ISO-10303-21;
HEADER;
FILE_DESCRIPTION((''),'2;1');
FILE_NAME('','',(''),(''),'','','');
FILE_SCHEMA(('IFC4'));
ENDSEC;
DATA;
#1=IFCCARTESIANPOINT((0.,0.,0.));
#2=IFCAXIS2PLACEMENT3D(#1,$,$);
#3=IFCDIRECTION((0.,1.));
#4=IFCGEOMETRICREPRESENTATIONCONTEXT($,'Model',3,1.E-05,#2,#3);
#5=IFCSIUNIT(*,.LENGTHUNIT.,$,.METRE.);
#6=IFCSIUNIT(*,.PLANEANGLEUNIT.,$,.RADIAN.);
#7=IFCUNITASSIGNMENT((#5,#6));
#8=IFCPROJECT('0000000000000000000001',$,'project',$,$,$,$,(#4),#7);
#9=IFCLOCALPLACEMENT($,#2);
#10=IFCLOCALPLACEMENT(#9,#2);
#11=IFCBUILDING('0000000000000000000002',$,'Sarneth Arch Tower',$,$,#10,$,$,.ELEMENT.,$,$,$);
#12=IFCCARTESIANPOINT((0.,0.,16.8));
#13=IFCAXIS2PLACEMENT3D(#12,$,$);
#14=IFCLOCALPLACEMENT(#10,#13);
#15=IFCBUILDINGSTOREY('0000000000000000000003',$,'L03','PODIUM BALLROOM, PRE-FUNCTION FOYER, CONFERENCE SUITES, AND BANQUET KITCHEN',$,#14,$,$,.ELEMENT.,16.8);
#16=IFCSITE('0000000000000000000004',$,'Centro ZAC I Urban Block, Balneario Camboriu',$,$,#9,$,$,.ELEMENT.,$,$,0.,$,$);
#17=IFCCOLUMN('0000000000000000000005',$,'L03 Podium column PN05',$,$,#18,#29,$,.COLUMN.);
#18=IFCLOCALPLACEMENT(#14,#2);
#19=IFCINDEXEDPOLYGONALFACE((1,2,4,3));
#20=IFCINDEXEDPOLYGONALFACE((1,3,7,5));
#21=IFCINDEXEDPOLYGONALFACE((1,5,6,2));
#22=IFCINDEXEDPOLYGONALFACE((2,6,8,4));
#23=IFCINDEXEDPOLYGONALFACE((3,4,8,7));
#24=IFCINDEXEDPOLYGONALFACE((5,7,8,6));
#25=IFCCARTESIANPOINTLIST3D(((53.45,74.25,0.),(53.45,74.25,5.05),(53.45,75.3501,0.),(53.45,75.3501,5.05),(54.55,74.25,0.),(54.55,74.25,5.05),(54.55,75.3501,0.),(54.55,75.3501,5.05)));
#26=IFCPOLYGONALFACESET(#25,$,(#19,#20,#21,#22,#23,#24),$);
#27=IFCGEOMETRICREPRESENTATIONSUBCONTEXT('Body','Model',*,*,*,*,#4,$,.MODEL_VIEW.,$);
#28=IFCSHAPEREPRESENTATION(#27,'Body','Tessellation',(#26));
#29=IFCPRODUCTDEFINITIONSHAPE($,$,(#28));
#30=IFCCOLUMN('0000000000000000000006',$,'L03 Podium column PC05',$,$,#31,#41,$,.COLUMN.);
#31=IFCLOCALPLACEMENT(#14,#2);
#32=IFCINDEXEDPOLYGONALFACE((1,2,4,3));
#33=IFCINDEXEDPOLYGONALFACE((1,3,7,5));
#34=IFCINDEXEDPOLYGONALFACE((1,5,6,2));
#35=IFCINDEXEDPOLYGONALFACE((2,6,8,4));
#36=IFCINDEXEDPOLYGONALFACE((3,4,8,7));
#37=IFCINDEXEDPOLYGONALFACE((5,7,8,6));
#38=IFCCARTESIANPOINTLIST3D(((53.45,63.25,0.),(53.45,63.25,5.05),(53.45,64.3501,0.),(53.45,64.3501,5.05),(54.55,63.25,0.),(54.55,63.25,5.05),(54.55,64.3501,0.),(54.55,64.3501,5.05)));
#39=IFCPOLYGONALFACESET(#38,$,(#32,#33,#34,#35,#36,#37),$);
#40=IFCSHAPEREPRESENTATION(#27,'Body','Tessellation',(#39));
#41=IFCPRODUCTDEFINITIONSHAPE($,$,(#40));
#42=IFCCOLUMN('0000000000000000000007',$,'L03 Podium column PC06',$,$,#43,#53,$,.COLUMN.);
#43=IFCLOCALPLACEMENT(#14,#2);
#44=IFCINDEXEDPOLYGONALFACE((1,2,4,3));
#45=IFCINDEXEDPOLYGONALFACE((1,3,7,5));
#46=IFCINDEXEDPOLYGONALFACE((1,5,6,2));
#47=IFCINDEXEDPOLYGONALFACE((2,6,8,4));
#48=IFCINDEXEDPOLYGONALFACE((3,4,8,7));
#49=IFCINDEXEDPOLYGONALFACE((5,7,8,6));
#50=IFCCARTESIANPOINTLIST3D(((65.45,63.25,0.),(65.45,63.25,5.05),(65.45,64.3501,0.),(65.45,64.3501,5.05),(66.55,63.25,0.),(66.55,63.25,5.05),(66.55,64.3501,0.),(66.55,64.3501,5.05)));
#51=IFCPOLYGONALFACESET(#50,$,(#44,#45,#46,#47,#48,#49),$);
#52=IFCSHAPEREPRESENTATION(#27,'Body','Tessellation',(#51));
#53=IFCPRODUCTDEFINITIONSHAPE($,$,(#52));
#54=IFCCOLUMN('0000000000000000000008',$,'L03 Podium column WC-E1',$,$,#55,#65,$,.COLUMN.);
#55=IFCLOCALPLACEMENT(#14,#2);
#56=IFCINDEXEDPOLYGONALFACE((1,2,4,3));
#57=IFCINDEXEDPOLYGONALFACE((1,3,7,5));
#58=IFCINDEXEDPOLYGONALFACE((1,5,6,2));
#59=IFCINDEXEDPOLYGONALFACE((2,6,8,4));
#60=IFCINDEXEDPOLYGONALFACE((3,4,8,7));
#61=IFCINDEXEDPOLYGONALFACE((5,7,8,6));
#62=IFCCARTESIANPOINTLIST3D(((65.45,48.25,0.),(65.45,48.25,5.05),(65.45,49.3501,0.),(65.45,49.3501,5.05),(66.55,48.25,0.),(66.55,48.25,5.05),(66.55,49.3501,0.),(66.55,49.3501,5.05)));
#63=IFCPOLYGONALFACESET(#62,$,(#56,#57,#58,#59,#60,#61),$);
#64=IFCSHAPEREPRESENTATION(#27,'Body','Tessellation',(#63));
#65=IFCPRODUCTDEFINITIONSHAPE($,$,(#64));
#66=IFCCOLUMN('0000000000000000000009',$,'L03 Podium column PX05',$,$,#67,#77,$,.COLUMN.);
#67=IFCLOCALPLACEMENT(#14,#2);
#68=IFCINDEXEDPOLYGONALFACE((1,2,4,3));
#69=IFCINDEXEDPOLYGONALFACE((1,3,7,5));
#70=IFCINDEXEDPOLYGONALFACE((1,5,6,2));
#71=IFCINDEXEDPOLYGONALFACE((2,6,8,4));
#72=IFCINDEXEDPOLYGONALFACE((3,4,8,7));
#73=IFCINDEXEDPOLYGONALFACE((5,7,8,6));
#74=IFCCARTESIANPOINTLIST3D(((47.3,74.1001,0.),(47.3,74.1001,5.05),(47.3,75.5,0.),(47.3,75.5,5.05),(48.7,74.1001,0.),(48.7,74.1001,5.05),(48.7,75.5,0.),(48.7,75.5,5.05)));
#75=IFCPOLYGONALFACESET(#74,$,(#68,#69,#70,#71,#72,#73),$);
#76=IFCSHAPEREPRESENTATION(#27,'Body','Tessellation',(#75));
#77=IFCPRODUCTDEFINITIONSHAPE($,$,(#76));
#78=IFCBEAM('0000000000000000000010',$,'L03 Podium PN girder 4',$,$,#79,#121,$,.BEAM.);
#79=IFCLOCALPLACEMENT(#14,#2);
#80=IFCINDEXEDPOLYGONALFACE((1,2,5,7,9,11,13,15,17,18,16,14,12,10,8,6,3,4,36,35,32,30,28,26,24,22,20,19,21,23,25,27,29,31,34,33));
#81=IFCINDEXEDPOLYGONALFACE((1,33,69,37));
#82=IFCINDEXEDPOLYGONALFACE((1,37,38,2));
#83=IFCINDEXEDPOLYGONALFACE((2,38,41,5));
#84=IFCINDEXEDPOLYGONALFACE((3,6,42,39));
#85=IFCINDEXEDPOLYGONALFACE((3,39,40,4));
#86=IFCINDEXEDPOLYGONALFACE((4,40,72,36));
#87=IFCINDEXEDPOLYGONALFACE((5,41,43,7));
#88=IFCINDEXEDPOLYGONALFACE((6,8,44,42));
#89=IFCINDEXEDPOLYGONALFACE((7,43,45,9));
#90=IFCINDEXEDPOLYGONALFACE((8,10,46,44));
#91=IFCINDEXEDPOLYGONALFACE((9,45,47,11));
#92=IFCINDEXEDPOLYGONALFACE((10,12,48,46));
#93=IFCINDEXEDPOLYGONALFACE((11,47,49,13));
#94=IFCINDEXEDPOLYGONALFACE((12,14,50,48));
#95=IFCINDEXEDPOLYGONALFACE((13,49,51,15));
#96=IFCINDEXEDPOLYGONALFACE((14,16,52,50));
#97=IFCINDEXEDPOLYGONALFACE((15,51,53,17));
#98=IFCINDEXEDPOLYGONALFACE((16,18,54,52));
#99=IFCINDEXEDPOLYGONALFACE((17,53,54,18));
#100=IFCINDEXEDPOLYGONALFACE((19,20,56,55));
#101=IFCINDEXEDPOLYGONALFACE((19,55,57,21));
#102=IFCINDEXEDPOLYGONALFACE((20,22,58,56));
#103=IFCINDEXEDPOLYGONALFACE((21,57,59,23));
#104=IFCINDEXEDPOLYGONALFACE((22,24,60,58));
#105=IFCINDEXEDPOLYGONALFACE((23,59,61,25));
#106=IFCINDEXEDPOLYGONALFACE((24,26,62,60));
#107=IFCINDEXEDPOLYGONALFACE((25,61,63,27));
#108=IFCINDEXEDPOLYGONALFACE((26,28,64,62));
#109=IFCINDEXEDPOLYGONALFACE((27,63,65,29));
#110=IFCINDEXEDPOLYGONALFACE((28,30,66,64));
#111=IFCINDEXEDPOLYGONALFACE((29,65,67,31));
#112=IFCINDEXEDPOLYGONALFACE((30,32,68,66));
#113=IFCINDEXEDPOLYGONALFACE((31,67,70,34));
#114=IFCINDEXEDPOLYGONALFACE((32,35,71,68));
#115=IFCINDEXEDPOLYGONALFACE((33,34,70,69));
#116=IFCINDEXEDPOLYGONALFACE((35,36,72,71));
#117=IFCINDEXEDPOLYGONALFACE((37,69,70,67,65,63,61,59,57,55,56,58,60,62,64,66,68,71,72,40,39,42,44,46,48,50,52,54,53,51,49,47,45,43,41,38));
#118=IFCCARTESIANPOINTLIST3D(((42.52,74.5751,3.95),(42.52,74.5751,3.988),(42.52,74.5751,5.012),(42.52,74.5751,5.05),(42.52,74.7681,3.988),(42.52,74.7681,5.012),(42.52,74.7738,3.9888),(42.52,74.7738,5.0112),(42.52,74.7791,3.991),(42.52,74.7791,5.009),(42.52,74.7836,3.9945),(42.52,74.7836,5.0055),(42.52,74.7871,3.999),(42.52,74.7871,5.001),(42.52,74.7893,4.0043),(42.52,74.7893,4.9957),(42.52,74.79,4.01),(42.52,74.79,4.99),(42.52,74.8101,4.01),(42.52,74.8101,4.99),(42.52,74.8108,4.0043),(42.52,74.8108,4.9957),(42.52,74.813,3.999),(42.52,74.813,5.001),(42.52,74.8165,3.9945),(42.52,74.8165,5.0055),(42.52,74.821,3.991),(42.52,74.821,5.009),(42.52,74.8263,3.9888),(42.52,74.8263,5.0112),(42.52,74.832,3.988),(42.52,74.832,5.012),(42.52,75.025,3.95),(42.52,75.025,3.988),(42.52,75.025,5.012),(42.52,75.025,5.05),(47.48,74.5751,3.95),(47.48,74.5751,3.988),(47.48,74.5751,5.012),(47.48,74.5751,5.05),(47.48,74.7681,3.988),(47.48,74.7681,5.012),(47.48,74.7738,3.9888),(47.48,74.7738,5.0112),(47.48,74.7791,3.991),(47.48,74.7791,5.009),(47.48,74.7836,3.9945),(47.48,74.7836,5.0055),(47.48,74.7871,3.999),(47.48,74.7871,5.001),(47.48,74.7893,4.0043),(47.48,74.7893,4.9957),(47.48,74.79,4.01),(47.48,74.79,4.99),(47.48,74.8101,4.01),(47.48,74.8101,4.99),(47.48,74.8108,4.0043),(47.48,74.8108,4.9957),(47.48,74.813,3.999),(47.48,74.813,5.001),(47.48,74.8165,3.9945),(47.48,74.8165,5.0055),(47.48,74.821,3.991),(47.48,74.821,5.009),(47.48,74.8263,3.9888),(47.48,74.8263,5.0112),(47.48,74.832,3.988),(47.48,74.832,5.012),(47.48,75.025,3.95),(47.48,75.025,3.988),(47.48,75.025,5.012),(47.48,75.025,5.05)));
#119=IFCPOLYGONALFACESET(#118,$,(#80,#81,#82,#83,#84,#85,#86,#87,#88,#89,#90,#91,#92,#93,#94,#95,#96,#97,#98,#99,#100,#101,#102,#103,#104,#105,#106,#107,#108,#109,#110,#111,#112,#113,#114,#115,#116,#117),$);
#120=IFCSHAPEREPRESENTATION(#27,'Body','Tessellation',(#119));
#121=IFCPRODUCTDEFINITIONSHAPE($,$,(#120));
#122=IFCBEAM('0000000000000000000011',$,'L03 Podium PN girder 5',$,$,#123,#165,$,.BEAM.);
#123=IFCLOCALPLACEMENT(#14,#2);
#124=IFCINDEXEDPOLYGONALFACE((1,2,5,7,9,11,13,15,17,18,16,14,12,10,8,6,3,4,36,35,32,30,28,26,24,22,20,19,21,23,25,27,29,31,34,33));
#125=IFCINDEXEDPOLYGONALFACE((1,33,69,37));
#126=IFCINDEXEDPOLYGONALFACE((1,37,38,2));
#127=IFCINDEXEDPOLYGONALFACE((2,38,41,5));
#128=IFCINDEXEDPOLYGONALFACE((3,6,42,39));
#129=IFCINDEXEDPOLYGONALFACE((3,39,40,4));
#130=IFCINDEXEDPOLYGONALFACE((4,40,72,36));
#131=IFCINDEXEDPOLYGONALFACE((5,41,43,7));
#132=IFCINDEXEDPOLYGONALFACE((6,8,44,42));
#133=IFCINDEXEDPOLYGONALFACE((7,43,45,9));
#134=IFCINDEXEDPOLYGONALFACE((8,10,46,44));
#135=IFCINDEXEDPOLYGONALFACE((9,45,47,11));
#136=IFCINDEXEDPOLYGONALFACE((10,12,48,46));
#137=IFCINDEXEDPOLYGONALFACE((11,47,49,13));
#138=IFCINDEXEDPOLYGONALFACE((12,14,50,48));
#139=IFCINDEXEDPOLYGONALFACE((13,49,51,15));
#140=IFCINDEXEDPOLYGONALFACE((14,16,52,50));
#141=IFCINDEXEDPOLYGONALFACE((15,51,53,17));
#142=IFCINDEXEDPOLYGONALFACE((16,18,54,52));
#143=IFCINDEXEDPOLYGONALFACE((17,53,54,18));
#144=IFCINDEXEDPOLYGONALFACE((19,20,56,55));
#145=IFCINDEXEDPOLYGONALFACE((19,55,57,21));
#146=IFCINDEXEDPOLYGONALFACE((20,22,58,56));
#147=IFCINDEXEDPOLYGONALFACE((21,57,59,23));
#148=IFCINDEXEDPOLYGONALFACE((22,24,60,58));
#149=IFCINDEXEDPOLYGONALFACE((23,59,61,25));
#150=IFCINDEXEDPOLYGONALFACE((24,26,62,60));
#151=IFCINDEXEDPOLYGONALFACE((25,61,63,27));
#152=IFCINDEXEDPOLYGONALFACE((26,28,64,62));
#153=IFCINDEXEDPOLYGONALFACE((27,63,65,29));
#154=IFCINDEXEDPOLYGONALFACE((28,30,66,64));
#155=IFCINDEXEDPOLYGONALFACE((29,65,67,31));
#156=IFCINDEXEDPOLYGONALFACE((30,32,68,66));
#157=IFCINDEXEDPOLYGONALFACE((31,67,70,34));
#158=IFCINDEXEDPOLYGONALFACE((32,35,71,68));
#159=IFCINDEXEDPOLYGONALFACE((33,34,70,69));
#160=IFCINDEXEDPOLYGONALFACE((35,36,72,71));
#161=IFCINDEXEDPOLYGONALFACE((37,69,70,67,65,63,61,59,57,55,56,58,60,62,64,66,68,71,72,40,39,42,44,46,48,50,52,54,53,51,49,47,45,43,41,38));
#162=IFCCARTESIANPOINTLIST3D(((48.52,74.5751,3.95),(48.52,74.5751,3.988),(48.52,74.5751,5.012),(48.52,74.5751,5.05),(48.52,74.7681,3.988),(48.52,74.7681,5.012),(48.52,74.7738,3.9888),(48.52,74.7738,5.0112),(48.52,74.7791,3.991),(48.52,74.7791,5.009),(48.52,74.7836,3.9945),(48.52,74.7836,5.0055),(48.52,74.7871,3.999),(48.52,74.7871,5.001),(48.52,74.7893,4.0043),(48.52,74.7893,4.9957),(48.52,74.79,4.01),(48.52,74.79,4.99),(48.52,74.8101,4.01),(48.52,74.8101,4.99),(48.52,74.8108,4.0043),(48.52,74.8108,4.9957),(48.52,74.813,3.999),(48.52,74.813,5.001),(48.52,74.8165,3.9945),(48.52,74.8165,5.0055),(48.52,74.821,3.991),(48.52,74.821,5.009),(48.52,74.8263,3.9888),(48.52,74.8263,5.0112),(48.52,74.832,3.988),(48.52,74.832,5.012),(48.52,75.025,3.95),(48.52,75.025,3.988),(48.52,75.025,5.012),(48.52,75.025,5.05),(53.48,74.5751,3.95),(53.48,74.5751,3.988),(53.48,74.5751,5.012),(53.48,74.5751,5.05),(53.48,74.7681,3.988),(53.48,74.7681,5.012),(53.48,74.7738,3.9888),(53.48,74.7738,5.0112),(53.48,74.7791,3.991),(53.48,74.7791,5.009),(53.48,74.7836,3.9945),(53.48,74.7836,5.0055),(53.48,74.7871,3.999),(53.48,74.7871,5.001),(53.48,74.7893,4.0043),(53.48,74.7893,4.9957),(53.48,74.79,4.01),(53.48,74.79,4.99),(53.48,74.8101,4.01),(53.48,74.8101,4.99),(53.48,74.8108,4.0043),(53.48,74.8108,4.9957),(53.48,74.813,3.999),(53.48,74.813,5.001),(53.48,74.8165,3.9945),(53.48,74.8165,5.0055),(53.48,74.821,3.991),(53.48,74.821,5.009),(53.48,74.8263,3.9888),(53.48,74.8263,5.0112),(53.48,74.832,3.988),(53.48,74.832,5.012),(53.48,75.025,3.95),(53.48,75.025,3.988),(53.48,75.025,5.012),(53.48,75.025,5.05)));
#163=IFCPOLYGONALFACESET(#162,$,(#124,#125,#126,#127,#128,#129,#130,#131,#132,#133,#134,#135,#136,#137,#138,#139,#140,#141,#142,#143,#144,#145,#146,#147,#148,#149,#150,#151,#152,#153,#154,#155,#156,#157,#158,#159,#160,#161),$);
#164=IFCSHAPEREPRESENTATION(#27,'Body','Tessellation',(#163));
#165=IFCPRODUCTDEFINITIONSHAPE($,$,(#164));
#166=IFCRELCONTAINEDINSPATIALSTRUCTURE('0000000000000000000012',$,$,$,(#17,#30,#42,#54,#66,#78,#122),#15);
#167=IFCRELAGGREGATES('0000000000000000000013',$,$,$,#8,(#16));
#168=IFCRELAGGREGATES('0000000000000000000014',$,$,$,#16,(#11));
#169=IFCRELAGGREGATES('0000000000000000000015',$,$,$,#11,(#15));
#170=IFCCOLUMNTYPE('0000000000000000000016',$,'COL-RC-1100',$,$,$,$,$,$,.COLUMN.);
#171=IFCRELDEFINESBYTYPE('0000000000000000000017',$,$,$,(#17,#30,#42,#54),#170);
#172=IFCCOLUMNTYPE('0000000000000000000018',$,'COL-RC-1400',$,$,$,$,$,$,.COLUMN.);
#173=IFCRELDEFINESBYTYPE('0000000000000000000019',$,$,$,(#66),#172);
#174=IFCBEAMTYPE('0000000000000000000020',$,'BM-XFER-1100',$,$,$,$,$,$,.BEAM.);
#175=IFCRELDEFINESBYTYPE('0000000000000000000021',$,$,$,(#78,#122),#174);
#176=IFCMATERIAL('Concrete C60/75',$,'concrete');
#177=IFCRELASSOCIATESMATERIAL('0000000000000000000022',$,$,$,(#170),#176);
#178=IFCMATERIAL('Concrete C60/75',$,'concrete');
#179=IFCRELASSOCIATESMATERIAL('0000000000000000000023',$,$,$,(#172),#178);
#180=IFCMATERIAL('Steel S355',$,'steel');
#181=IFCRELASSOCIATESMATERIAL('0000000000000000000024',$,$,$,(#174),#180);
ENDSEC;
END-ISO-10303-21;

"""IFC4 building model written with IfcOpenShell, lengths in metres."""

from ifc_helpers import new_model, si_unit, direction, frame, origin, origin_2d, place, context, subcontext, project, spatial, rectangle, i_section, extrude, material, material_profile, profile_set, type_object, element, save


model = new_model("IFC4")

# Units and contexts
model_context = context("Model", 3, precision=1e-05, world=origin(), true_north=direction((0.0, 1.0)))
body_context = subcontext(model_context, "Body", "Model", "MODEL_VIEW")
ifc_project = project(units=[si_unit("LENGTHUNIT", "METRE"), si_unit("PLANEANGLEUNIT", "RADIAN")], contexts=[model_context])

# Site, building, storey
site_placement = place(None, origin())
site = spatial("IfcSite", under=ifc_project, at=site_placement, Name="Centro ZAC I Urban Block, Balneario Camboriu", CompositionType="ELEMENT", RefElevation=0.0)
building_placement = place(site_placement, origin())
building = spatial("IfcBuilding", under=site, at=building_placement, Name="Sarneth Arch Tower", CompositionType="ELEMENT")
storey_placement = place(building_placement, frame((0.0, 0.0, 16.8)))
storey = spatial("IfcBuildingStorey", under=building, at=storey_placement, Name="L03", Description="PODIUM BALLROOM, PRE-FUNCTION FOYER, CONFERENCE SUITES, AND BANQUET KITCHEN", CompositionType="ELEMENT", Elevation=16.8)

# Columns
ifc_material_1 = material(Name="Concrete C60/75", Category="concrete")
ifc_material_profile_1 = material_profile(ifc_material_1, rectangle(XDim=1.1001, YDim=1.1001, at=origin_2d()), Name="RC-1100x1100")
ifc_profile_set_1 = profile_set([ifc_material_profile_1], Name="Concrete C60/75")
column_type_1 = type_object("IfcColumnType", Name="COL-RC-1100", PredefinedType="COLUMN", material=ifc_profile_set_1)
for number, where, z_axis, x_axis, name in (
    (1, (54.0, 74.8, 0.0), (0.0, 0.0, 1.0), (1.0, 0.0, 0.0), "L03 Podium column PN05"),
    (2, (54.0, 63.8, 0.0), (0.0, 0.0, 1.0), (1.0, 0.0, 0.0), "L03 Podium column PC05"),
    (3, (66.0, 63.8, 0.0), (0.0, 0.0, 1.0), (1.0, 0.0, 0.0), "L03 Podium column PC06"),
    (4, (66.0, 48.8, 0.0), (0.0, 0.0, 1.0), (1.0, 0.0, 0.0), "L03 Podium column WC-E1"),
):
    element("IfcColumn", number, at=place(storey_placement, frame(where, z_axis=z_axis, x_axis=x_axis)), inside=storey, type_object=column_type_1, Name=name, PredefinedType="COLUMN", context=body_context, shape_type="SweptSolid", body=[
        extrude(rectangle(XDim=1.1001, YDim=1.1001, at=origin_2d()), origin(), (0.0, 0.0, 1.0), 5.05),
    ])
ifc_material_2 = material(Name="Concrete C60/75", Category="concrete")
ifc_material_profile_2 = material_profile(ifc_material_2, rectangle(XDim=1.3999, YDim=1.3999, at=origin_2d()), Name="RC-1400x1400")
ifc_profile_set_2 = profile_set([ifc_material_profile_2], Name="Concrete C60/75")
column_type_2 = type_object("IfcColumnType", Name="COL-RC-1400", PredefinedType="COLUMN", material=ifc_profile_set_2)
column_placement = place(storey_placement, frame((48.0, 74.8, 0.0), z_axis=(0.0, 0.0, 1.0), x_axis=(1.0, 0.0, 0.0)))
element("IfcColumn", 5, at=column_placement, inside=storey, type_object=column_type_2, Name="L03 Podium column PX05", PredefinedType="COLUMN", context=body_context, shape_type="SweptSolid", body=[
    extrude(rectangle(XDim=1.3999, YDim=1.3999, at=origin_2d()), origin(), (0.0, 0.0, 1.0), 5.05),
])

# Beams
ifc_material_3 = material(Name="Steel S355", Category="steel")
ifc_material_profile_3 = material_profile(ifc_material_3, i_section(OverallWidth=0.45, OverallDepth=1.1001, WebThickness=0.02, FlangeThickness=0.0381, FilletRadius=0.022, at=origin_2d()), Name="CVS1100x456")
ifc_profile_set_3 = profile_set([ifc_material_profile_3], Name="Steel S355")
beam_type = type_object("IfcBeamType", Name="BM-XFER-1100", PredefinedType="BEAM", material=ifc_profile_set_3)
for number, where, z_axis, x_axis, name in (
    (6, (42.52, 74.8, 4.5), (1.0, 0.0, 0.0), (0.0, 1.0, 0.0), "L03 Podium PN girder 4"),
    (7, (48.52, 74.8, 4.5), (1.0, 0.0, 0.0), (0.0, 1.0, 0.0), "L03 Podium PN girder 5"),
):
    element("IfcBeam", number, at=place(storey_placement, frame(where, z_axis=z_axis, x_axis=x_axis)), inside=storey, type_object=beam_type, Name=name, PredefinedType="BEAM", context=body_context, shape_type="SweptSolid", body=[
        extrude(i_section(OverallWidth=0.45, OverallDepth=1.1001, WebThickness=0.02, FlangeThickness=0.0381, FilletRadius=0.022, at=origin_2d()), origin(), (0.0, 0.0, 1.0), 4.96),
    ])

save(model, "model.ifc")
